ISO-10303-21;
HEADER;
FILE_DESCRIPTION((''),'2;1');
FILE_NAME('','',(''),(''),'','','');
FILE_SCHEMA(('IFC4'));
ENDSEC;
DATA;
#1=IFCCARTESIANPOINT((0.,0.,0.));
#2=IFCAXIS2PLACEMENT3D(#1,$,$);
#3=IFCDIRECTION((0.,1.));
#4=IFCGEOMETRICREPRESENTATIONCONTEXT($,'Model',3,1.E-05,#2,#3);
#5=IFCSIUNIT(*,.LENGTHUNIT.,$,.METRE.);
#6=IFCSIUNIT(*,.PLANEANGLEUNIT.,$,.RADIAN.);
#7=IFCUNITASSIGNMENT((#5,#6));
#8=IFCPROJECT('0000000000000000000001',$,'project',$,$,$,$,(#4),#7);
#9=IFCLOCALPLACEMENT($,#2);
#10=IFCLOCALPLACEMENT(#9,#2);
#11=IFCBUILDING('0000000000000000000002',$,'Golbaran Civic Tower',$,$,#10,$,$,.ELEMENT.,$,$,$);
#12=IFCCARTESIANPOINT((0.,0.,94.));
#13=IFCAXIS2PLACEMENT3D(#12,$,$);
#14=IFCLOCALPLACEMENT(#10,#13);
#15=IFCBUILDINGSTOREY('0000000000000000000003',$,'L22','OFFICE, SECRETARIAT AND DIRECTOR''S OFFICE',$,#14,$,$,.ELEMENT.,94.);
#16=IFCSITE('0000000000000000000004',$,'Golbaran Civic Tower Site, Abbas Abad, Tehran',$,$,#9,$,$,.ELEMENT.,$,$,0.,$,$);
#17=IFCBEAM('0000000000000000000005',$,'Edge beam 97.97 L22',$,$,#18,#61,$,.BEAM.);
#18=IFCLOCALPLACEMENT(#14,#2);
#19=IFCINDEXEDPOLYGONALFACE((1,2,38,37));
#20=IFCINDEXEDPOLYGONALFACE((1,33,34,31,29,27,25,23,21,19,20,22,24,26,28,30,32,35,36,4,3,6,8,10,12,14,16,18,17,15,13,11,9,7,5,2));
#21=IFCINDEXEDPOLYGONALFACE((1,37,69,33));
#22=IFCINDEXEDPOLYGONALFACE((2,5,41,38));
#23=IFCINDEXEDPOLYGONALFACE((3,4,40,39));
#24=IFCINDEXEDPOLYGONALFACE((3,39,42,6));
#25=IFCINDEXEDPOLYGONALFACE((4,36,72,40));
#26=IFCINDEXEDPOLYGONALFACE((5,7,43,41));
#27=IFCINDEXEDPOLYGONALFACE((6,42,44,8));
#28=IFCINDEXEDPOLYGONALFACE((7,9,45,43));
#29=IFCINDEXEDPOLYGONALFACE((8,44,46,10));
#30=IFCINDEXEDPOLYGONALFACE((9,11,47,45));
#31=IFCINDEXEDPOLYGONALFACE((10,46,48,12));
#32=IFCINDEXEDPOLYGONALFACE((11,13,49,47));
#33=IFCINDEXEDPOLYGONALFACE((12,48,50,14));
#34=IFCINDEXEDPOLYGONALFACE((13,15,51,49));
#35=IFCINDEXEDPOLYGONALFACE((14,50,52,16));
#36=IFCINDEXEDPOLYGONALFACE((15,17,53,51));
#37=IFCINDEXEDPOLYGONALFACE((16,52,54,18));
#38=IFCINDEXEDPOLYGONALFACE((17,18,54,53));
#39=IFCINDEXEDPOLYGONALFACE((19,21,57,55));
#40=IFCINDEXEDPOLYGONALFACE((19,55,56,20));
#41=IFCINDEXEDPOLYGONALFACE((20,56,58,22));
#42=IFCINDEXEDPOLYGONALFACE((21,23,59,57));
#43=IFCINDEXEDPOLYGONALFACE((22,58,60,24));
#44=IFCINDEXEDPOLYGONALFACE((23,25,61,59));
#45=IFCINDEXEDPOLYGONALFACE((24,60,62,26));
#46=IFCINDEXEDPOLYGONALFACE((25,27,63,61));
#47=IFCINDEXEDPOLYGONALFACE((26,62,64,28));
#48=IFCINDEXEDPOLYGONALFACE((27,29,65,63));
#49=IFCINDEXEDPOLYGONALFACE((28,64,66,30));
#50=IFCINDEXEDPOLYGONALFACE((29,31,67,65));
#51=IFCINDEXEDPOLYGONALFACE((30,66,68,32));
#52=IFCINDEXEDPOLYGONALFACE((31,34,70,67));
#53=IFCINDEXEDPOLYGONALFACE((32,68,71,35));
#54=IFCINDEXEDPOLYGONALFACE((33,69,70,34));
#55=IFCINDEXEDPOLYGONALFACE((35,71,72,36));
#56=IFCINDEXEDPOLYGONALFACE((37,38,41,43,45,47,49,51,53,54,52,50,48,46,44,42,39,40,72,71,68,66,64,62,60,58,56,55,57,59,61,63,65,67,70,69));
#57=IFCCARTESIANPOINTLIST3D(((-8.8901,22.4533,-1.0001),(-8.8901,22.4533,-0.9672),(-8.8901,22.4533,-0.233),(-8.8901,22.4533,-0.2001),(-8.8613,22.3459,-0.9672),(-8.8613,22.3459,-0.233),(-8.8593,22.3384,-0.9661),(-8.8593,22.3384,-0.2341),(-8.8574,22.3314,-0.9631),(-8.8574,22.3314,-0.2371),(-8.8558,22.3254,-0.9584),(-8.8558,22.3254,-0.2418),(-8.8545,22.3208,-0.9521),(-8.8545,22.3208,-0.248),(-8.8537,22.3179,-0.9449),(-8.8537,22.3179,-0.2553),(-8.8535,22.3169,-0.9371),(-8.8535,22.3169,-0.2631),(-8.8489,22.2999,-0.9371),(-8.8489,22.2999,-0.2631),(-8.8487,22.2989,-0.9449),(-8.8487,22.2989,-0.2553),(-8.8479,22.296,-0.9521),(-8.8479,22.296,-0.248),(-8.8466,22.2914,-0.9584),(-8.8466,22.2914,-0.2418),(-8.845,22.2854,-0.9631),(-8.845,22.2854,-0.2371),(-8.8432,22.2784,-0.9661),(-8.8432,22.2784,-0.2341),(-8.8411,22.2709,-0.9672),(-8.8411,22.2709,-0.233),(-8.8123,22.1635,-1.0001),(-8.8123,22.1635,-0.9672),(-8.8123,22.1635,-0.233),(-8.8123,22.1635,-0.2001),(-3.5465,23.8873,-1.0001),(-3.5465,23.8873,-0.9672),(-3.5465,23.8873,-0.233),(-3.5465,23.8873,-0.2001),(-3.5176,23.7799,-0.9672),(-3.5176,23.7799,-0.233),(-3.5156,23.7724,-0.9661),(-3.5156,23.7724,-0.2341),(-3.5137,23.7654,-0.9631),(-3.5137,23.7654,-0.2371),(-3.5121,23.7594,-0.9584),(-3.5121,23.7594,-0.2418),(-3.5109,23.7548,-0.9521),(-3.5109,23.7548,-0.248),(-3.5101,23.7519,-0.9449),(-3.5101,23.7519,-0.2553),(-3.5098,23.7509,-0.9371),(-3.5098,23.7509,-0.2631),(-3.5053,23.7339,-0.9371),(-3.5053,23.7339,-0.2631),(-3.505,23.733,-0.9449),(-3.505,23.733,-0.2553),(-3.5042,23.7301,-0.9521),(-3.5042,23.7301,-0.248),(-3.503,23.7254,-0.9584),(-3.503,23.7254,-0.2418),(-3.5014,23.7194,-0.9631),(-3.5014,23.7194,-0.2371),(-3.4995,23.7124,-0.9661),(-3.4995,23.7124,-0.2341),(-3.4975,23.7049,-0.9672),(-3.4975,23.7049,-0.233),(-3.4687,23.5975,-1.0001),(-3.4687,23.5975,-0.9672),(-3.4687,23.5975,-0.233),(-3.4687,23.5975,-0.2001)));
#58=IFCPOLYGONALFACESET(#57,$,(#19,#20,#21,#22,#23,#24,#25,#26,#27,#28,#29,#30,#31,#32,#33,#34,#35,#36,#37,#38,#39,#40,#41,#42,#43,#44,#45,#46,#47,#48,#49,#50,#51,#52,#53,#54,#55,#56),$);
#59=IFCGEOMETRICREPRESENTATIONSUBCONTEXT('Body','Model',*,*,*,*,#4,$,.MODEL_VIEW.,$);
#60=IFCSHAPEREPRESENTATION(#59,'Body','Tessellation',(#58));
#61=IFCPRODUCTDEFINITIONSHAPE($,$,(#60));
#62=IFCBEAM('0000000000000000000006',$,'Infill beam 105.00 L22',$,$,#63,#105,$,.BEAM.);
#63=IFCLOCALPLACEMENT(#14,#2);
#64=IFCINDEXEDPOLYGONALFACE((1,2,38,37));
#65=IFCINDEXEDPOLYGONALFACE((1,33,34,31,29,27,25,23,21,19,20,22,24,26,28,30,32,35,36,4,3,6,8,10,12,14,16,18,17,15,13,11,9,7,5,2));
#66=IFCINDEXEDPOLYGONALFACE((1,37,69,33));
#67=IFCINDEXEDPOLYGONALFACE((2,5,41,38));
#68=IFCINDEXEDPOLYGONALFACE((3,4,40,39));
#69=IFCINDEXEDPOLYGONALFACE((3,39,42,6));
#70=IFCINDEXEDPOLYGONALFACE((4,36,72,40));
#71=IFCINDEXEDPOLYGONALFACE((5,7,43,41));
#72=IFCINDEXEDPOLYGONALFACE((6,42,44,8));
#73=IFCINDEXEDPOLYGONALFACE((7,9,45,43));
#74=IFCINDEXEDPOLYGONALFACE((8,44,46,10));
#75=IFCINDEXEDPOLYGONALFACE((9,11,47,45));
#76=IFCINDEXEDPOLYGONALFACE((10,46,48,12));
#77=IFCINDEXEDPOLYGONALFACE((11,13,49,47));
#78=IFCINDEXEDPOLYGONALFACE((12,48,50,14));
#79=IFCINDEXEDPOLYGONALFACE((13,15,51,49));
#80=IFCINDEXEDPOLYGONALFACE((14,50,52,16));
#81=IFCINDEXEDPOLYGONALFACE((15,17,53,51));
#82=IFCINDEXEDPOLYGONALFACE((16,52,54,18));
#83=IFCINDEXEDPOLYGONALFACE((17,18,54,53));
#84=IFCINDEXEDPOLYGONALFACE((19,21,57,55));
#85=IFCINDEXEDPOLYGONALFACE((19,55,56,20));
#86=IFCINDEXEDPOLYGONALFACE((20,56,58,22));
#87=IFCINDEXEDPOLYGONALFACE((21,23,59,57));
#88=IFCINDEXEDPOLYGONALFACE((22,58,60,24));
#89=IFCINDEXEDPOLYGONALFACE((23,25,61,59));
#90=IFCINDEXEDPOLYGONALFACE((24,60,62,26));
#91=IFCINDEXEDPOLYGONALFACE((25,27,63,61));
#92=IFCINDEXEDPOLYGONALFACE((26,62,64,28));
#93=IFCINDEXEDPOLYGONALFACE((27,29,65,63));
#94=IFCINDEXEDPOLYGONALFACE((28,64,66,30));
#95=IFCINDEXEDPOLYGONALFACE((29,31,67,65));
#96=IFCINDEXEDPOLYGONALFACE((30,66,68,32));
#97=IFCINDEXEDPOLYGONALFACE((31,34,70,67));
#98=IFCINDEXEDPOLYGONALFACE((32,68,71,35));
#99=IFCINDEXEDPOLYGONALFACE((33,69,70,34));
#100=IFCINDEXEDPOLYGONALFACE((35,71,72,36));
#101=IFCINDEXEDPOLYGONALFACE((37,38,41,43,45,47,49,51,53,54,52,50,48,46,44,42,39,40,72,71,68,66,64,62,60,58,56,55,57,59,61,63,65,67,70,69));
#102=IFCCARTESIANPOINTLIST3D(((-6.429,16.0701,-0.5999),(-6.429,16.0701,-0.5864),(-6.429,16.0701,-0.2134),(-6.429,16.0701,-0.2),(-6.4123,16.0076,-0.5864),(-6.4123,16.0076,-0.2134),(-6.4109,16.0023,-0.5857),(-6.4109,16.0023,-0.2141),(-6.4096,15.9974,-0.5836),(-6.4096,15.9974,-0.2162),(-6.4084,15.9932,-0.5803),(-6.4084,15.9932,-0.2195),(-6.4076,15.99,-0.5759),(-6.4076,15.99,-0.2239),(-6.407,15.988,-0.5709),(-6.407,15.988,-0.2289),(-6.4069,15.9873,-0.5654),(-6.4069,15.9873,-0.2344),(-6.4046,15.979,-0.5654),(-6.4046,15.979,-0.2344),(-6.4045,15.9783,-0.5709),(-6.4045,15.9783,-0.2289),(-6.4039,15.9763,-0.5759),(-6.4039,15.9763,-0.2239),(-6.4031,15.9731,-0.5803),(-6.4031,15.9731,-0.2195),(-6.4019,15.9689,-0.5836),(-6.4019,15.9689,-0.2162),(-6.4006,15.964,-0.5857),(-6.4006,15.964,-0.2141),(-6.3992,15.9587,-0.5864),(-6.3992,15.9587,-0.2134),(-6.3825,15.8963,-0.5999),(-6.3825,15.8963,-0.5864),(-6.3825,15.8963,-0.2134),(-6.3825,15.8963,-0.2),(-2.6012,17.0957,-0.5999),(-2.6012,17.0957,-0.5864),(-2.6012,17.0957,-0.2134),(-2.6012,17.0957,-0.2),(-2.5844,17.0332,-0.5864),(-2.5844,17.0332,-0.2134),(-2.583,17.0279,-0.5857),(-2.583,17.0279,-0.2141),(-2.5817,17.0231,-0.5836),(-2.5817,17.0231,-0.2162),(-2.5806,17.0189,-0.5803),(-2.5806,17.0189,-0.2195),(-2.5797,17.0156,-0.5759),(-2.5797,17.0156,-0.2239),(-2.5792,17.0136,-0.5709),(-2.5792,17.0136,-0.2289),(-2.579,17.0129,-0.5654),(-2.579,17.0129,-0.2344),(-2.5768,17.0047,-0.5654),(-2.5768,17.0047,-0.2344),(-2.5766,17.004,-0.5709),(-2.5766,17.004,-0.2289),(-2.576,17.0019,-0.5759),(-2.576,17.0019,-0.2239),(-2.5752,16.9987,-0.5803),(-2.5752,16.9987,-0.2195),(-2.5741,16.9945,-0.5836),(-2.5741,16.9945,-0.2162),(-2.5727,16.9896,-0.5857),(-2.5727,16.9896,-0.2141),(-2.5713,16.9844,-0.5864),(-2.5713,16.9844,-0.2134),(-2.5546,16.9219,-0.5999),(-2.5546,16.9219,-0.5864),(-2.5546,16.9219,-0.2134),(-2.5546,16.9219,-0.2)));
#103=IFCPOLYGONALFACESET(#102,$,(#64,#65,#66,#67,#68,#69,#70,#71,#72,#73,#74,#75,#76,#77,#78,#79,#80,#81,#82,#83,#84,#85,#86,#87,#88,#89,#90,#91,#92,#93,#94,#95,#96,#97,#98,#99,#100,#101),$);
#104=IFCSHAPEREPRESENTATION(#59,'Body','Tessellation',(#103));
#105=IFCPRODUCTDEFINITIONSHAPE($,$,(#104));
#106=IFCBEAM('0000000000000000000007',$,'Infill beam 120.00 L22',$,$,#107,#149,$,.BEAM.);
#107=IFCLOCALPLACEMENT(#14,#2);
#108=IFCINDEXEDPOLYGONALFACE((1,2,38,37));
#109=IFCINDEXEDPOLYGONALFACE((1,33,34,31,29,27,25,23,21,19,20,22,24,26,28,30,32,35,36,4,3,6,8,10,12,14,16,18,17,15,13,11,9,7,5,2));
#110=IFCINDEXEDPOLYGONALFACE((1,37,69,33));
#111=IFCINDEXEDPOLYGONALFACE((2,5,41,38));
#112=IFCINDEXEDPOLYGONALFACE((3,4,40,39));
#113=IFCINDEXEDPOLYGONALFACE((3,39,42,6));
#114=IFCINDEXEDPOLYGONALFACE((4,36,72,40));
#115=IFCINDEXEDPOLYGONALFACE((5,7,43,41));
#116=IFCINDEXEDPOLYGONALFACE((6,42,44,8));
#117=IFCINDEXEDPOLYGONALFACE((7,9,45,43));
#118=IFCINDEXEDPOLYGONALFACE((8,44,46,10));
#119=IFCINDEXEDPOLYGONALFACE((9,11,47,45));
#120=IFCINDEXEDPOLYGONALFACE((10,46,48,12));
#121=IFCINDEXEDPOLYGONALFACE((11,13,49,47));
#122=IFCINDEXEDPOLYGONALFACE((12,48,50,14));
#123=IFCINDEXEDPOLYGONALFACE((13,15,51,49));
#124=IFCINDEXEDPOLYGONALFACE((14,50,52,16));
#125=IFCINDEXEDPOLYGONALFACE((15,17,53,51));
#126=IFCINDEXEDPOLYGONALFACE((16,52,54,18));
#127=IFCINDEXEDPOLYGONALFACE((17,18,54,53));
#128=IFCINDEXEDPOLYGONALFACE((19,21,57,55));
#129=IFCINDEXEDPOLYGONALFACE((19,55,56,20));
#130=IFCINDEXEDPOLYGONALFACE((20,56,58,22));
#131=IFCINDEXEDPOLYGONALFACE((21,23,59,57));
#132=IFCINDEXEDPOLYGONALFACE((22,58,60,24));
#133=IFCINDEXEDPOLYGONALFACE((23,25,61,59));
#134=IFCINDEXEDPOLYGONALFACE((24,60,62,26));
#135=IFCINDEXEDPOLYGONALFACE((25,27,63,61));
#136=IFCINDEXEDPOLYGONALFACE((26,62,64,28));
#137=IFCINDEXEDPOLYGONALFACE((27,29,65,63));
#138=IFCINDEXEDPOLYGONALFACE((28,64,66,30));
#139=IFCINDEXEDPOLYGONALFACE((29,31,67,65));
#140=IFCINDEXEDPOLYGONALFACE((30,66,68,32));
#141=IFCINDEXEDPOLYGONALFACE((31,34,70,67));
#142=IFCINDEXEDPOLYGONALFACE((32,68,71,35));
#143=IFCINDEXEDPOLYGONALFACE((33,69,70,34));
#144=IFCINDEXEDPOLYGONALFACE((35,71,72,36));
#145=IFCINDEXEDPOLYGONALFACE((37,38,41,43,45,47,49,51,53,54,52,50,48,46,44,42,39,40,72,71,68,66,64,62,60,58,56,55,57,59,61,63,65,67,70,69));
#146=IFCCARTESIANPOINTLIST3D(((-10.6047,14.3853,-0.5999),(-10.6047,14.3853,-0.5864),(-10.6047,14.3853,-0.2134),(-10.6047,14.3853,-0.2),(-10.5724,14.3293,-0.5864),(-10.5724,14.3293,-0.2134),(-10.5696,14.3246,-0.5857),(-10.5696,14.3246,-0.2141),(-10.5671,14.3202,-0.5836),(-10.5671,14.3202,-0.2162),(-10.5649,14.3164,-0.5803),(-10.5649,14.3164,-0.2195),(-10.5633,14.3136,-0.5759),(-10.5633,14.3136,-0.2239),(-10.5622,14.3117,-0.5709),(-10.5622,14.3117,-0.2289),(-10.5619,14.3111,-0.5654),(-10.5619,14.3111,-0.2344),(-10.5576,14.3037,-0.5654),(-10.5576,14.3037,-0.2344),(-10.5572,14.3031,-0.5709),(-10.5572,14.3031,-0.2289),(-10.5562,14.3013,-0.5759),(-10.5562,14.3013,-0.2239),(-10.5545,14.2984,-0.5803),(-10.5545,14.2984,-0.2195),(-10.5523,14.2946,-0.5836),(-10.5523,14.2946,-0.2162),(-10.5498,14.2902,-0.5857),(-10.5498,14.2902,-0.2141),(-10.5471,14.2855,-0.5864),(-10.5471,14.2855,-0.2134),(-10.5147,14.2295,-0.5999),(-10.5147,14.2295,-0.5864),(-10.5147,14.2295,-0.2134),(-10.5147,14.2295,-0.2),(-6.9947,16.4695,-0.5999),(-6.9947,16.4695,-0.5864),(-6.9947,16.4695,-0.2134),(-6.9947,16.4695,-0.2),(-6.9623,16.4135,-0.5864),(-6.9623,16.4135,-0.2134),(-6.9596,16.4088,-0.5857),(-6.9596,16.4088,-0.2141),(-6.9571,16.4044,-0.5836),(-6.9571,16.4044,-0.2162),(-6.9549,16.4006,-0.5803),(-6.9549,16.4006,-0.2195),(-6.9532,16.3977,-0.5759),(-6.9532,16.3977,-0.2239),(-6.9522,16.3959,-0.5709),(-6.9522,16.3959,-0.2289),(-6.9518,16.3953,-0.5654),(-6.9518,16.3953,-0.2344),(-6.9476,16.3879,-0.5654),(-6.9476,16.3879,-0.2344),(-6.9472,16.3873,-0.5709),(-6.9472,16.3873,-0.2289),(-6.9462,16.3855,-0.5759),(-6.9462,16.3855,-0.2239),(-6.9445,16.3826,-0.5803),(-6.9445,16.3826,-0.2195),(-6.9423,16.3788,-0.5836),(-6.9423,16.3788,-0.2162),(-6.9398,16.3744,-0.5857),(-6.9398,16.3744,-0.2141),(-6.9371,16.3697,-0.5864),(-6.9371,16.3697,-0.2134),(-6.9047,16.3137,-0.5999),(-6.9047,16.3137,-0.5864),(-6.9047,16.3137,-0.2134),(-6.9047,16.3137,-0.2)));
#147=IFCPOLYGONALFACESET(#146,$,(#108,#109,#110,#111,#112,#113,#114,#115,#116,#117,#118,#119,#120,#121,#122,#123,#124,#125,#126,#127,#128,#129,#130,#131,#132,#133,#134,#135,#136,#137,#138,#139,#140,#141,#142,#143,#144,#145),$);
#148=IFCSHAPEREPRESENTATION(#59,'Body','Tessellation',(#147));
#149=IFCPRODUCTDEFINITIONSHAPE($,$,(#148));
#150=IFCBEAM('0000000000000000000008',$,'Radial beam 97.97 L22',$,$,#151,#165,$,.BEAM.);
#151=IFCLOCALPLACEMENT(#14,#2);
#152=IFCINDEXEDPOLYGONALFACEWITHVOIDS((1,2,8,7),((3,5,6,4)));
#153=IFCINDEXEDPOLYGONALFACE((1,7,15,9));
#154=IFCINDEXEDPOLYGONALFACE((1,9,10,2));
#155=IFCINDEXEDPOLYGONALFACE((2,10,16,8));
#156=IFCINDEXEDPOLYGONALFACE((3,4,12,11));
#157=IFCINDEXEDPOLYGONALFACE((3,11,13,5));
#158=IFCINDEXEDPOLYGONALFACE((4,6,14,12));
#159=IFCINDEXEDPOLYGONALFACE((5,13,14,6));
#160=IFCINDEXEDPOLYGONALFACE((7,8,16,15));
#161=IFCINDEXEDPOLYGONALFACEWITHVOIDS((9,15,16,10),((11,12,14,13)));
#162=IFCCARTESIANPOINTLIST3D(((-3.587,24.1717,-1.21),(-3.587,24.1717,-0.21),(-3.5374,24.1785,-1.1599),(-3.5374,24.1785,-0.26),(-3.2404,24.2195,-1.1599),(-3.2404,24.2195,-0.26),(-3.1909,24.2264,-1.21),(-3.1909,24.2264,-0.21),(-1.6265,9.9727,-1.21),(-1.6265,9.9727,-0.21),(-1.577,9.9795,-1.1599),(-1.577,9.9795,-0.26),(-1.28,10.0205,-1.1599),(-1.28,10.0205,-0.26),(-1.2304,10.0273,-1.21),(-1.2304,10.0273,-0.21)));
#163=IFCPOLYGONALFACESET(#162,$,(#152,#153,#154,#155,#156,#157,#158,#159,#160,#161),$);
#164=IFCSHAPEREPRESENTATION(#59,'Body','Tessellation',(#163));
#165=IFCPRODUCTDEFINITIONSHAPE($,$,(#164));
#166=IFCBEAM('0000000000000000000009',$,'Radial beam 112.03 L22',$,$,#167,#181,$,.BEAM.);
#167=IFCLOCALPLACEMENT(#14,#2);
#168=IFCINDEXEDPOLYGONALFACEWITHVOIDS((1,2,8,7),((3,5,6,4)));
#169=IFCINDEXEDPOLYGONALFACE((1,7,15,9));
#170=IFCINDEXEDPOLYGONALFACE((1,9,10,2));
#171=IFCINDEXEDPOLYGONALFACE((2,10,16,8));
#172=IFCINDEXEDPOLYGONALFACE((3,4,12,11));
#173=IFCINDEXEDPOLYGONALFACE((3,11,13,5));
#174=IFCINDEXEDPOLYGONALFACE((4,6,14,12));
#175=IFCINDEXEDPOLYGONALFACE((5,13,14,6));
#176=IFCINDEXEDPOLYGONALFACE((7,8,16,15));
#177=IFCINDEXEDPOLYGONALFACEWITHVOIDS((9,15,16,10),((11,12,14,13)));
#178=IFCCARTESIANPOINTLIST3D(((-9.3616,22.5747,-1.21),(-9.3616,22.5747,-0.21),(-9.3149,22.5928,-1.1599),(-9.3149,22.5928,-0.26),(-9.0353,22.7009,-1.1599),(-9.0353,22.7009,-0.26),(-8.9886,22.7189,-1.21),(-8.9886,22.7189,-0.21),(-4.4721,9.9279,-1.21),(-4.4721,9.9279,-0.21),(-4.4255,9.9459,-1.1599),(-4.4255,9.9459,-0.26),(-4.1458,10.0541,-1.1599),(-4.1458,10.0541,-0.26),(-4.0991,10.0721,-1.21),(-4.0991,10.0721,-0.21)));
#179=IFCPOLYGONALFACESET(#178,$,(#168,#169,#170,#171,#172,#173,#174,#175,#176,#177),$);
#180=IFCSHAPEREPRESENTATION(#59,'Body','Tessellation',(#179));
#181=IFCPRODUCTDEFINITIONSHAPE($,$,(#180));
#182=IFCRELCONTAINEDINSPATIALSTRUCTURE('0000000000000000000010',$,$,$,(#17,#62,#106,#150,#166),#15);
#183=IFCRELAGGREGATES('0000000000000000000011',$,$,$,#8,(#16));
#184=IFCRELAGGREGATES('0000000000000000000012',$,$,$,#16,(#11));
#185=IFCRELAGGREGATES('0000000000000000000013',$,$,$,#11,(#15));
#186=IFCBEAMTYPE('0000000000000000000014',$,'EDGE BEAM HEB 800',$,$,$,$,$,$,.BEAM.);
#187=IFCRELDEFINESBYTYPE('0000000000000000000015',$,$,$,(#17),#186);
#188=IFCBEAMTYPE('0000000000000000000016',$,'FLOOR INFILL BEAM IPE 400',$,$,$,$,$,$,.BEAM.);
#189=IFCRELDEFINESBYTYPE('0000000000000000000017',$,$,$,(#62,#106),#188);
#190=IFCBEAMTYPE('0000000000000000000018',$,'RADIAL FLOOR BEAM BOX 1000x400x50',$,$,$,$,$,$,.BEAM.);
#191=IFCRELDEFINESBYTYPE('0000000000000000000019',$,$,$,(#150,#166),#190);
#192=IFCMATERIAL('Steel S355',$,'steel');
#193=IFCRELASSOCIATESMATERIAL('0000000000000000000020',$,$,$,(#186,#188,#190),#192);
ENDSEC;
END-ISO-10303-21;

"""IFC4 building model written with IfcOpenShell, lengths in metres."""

from ifc_helpers import new_model, si_unit, direction, frame, origin, origin_2d, place, context, subcontext, project, spatial, hollow_rectangle, i_section, extrude, material, material_profile, profile_set, type_object, element, save


model = new_model("IFC4")

# Units and contexts
model_context = context("Model", 3, precision=1e-05, world=origin(), true_north=direction((0.0, 1.0)))
body_context = subcontext(model_context, "Body", "Model", "MODEL_VIEW")
ifc_project = project(units=[si_unit("LENGTHUNIT", "METRE"), si_unit("PLANEANGLEUNIT", "RADIAN")], contexts=[model_context])

# Site, building, storey
site_placement = place(None, origin())
site = spatial("IfcSite", under=ifc_project, at=site_placement, Name="Golbaran Civic Tower Site, Abbas Abad, Tehran", CompositionType="ELEMENT", RefElevation=0.0)
building_placement = place(site_placement, origin())
building = spatial("IfcBuilding", under=site, at=building_placement, Name="Golbaran Civic Tower", CompositionType="ELEMENT")
storey_placement = place(building_placement, frame((0.0, 0.0, 94.0)))
storey = spatial("IfcBuildingStorey", under=building, at=storey_placement, Name="L22", Description="OFFICE, SECRETARIAT AND DIRECTOR'S OFFICE", CompositionType="ELEMENT", Elevation=94.0)

# Beams
ifc_material_1 = material(Name="Steel S355", Category="steel")
ifc_material_profile_1 = material_profile(ifc_material_1, i_section(OverallWidth=0.3, OverallDepth=0.8, WebThickness=0.0176, FlangeThickness=0.033, FilletRadius=0.03, at=origin_2d()), Name="HEB 800")
ifc_profile_set_1 = profile_set([ifc_material_profile_1], Name="Steel S355")
beam_type_1 = type_object("IfcBeamType", Name="EDGE BEAM HEB 800", PredefinedType="BEAM", material=ifc_profile_set_1)
beam_1_placement = place(storey_placement, frame((-3.5076, 23.7424, -0.6001), z_axis=(-0.965825, -0.259195, 0.0), x_axis=(0.259195, -0.965825, 0.0)))
element("IfcBeam", 1, at=beam_1_placement, inside=storey, type_object=beam_type_1, Name="Edge beam 97.97 L22", PredefinedType="BEAM", context=body_context, shape_type="SweptSolid", body=[
    extrude(i_section(OverallWidth=0.3, OverallDepth=0.8, WebThickness=0.0176, FlangeThickness=0.033, FilletRadius=0.03, at=origin_2d()), origin(), (0.0, 0.0, 1.0), 5.5327),
])
ifc_material_profile_2 = material_profile(ifc_material_1, i_section(OverallWidth=0.1799, OverallDepth=0.3999, WebThickness=0.0085, FlangeThickness=0.0134, FilletRadius=0.021, at=origin_2d()), Name="IPE 400")
ifc_profile_set_2 = profile_set([ifc_material_profile_2], Name="Steel S355")
beam_type_2 = type_object("IfcBeamType", Name="FLOOR INFILL BEAM IPE 400", PredefinedType="BEAM", material=ifc_profile_set_2)
beam_2_placement = place(storey_placement, frame((-2.5779, 17.0088, -0.3999), z_axis=(-0.965929, -0.258809, 0.0), x_axis=(0.258809, -0.965929, 0.0)))
element("IfcBeam", 2, at=beam_2_placement, inside=storey, type_object=beam_type_2, Name="Infill beam 105.00 L22", PredefinedType="BEAM", context=body_context, shape_type="SweptSolid", body=[
    extrude(i_section(OverallWidth=0.1799, OverallDepth=0.3999, WebThickness=0.0085, FlangeThickness=0.0134, FilletRadius=0.021, at=origin_2d()), origin(), (0.0, 0.0, 1.0), 3.9629),
])
beam_3_placement = place(storey_placement, frame((-6.9497, 16.3916, -0.3999), z_axis=(-0.866032, -0.499988, 0.0), x_axis=(0.499988, -0.866032, 0.0)))
element("IfcBeam", 3, at=beam_3_placement, inside=storey, type_object=beam_type_2, Name="Infill beam 120.00 L22", PredefinedType="BEAM", context=body_context, shape_type="SweptSolid", body=[
    extrude(i_section(OverallWidth=0.1799, OverallDepth=0.3999, WebThickness=0.0085, FlangeThickness=0.0134, FilletRadius=0.021, at=origin_2d()), origin(), (0.0, 0.0, 1.0), 4.1685),
])
ifc_material_profile_3 = material_profile(ifc_material_1, hollow_rectangle(XDim=0.3999, YDim=1.0, WallThickness=0.05, at=origin_2d()), Name="BOX 1000x400x50")
ifc_profile_set_3 = profile_set([ifc_material_profile_3], Name="Steel S355")
beam_type_3 = type_object("IfcBeamType", Name="RADIAL FLOOR BEAM BOX 1000x400x50", PredefinedType="BEAM", material=ifc_profile_set_3)
beam_4_placement = place(storey_placement, frame((-1.4285, 10.0, -0.71), z_axis=(-0.136772, 0.990603, 0.0), x_axis=(-0.990603, -0.136772, 0.0)))
element("IfcBeam", 4, at=beam_4_placement, inside=storey, type_object=beam_type_3, Name="Radial beam 97.97 L22", PredefinedType="BEAM", context=body_context, shape_type="SweptSolid", body=[
    extrude(hollow_rectangle(XDim=0.3999, YDim=1.0, WallThickness=0.05, at=origin_2d()), origin(), (0.0, 0.0, 1.0), 14.3337),
])
beam_5_placement = place(storey_placement, frame((-4.2856, 10.0, -0.71), z_axis=(-0.360603, 0.93272, 0.0), x_axis=(-0.93272, -0.360603, 0.0)))
element("IfcBeam", 5, at=beam_5_placement, inside=storey, type_object=beam_type_3, Name="Radial beam 112.03 L22", PredefinedType="BEAM", context=body_context, shape_type="SweptSolid", body=[
    extrude(hollow_rectangle(XDim=0.3999, YDim=1.0, WallThickness=0.05, at=origin_2d()), origin(), (0.0, 0.0, 1.0), 13.5591),
])

save(model, "model.ifc")
